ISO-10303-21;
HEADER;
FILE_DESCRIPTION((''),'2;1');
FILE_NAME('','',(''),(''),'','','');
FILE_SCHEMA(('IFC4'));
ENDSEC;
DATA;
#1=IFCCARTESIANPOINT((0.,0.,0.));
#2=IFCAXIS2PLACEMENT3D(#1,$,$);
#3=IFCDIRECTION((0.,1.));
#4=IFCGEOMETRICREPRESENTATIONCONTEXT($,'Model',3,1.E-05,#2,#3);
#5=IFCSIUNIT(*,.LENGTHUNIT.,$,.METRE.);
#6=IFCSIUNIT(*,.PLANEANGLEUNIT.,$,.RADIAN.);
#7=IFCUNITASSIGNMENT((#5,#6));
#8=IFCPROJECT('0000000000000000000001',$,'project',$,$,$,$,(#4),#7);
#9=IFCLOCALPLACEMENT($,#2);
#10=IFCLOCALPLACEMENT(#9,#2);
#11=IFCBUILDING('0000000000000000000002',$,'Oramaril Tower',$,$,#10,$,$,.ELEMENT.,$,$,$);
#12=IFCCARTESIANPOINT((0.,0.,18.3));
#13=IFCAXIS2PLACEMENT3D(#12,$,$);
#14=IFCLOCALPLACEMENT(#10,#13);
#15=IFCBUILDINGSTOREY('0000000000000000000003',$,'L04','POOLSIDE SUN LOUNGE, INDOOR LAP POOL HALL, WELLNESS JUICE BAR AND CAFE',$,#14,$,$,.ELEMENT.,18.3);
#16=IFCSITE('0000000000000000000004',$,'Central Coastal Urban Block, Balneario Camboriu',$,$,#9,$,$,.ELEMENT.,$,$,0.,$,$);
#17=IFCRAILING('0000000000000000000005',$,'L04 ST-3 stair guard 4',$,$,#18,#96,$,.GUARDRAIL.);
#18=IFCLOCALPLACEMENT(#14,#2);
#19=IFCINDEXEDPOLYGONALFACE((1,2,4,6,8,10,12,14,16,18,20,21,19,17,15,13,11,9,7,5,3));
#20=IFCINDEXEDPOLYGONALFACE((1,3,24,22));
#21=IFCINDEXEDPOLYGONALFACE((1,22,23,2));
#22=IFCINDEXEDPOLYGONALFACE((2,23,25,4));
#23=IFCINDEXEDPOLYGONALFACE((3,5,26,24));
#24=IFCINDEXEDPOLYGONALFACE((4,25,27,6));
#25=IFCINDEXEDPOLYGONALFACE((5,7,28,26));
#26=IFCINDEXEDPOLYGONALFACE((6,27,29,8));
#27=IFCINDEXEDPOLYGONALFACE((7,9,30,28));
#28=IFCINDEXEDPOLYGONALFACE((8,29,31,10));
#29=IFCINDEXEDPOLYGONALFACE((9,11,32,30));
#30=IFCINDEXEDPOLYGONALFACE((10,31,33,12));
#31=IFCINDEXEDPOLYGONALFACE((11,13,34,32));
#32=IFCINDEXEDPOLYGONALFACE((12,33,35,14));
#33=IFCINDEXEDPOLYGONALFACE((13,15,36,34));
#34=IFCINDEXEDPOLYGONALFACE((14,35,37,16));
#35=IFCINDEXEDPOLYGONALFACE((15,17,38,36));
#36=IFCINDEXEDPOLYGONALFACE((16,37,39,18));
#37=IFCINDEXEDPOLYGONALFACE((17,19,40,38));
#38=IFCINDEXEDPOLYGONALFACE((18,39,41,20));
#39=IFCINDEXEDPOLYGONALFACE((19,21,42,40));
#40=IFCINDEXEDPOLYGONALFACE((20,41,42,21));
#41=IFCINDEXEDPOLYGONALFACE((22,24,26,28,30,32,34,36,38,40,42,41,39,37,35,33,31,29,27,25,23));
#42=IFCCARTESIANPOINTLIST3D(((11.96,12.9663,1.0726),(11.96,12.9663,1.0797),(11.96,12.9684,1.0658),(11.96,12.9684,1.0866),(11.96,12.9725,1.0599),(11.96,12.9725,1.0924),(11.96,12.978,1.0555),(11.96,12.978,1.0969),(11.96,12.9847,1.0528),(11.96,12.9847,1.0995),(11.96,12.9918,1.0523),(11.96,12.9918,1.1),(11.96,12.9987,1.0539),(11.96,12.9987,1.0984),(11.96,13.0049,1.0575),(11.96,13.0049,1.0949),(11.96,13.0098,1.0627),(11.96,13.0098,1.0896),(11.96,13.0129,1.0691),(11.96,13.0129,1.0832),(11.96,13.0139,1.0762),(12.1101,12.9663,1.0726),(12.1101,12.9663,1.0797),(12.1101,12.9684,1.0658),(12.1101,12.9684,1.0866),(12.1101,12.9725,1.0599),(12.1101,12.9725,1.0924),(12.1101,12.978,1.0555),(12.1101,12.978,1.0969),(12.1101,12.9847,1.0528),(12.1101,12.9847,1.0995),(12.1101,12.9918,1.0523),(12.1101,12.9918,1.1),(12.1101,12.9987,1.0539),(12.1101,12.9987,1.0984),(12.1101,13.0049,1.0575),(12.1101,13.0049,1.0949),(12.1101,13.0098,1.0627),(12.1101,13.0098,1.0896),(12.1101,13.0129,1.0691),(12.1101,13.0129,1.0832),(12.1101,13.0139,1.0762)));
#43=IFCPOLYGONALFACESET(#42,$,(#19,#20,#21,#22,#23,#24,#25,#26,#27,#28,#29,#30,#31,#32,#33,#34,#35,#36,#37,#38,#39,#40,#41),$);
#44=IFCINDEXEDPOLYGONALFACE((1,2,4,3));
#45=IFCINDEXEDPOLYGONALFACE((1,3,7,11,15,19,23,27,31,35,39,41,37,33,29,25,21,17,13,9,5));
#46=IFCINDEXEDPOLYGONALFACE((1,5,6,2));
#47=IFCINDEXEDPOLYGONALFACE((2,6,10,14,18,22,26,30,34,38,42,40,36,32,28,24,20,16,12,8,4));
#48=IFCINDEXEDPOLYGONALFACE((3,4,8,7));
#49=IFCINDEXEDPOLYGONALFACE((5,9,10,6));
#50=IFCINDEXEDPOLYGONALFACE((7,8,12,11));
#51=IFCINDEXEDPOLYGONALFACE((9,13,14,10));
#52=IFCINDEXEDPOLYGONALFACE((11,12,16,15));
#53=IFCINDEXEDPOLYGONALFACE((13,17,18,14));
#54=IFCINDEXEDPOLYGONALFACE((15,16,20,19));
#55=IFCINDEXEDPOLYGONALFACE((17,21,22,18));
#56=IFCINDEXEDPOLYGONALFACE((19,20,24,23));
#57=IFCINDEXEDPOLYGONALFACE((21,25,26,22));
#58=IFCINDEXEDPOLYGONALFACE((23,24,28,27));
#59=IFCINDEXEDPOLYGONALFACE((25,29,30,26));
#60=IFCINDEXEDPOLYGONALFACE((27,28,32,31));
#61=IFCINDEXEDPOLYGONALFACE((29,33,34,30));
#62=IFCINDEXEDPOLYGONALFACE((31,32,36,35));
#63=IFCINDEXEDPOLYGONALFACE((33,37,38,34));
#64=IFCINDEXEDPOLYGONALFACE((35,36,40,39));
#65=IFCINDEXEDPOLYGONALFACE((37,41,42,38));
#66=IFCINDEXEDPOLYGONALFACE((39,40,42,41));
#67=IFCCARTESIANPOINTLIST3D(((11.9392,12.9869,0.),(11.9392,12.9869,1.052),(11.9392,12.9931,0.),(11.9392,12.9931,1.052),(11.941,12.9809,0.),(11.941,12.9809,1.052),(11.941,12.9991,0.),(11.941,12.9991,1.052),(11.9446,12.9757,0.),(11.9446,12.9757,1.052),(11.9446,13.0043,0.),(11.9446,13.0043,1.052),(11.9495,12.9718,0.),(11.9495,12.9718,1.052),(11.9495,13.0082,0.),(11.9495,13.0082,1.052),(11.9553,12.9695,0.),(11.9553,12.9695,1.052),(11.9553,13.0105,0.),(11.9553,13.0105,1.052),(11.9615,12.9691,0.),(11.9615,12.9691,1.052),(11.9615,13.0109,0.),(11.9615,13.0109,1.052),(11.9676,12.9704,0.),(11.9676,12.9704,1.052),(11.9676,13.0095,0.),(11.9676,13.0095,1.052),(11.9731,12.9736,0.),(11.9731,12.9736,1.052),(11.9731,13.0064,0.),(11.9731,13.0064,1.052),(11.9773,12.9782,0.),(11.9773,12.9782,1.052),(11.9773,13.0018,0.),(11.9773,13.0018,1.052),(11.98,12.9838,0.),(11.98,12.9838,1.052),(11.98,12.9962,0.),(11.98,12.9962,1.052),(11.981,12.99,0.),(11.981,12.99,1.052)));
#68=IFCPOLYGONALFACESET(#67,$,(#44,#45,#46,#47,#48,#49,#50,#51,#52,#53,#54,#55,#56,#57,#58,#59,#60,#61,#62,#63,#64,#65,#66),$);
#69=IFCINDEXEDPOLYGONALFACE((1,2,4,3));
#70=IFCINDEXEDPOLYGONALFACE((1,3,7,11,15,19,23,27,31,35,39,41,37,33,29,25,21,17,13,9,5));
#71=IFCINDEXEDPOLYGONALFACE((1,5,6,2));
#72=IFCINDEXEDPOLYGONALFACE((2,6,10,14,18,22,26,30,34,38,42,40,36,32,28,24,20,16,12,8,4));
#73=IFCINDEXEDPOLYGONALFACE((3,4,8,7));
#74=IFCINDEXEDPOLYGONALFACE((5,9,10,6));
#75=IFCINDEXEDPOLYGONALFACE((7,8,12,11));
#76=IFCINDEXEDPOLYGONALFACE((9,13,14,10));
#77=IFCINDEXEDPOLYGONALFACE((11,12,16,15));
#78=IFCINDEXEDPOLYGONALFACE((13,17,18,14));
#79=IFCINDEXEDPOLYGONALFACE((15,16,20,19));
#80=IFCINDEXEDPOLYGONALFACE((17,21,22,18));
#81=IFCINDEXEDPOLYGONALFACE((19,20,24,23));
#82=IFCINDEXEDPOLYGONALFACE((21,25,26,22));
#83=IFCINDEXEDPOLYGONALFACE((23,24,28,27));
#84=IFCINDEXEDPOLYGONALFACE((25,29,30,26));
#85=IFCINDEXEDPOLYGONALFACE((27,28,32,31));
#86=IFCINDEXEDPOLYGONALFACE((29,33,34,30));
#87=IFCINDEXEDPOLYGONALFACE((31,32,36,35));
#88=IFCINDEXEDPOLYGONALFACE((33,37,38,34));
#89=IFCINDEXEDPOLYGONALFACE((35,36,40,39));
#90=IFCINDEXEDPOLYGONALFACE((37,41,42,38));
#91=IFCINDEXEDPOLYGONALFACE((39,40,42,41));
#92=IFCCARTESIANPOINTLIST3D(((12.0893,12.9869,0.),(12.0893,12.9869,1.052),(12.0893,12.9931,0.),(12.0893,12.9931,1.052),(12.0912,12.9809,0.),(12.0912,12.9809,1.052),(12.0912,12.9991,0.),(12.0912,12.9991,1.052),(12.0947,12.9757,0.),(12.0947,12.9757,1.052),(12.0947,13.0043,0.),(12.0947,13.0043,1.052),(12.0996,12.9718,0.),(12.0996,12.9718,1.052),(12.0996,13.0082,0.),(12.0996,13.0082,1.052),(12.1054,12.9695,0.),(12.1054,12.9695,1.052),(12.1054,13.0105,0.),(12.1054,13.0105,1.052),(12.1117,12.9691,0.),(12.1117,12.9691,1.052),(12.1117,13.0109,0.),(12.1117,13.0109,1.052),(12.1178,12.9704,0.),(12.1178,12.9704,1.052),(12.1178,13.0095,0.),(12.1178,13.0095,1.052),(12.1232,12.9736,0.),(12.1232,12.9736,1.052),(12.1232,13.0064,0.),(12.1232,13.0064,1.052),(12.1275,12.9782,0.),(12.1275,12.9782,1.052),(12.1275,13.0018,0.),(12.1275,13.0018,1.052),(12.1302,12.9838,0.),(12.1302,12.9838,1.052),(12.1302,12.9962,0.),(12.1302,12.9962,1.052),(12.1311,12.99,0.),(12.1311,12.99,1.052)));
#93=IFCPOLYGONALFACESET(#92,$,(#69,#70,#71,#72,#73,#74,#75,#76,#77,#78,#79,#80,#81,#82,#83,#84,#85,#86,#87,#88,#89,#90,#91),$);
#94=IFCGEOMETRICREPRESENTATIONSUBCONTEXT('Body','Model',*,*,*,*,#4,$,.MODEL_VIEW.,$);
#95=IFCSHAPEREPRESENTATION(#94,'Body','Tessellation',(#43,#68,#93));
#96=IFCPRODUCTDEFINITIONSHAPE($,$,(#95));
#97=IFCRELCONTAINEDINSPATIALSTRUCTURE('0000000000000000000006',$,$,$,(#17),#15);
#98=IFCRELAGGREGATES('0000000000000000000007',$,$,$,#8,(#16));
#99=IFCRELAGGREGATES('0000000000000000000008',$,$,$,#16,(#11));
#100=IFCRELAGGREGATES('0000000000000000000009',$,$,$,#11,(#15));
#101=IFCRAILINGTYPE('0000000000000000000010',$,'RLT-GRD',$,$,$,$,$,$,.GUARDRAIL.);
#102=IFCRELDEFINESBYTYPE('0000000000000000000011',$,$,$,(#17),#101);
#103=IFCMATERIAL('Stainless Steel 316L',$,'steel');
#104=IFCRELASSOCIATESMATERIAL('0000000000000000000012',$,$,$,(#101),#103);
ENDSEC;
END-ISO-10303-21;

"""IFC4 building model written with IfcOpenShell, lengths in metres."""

from ifc_helpers import new_model, si_unit, direction, frame, origin, origin_2d, place, context, subcontext, project, spatial, circle, extrude, material, type_object, element, save


model = new_model("IFC4")

# Units and contexts
model_context = context("Model", 3, precision=1e-05, world=origin(), true_north=direction((0.0, 1.0)))
body_context = subcontext(model_context, "Body", "Model", "MODEL_VIEW")
ifc_project = project(units=[si_unit("LENGTHUNIT", "METRE"), si_unit("PLANEANGLEUNIT", "RADIAN")], contexts=[model_context])

# Site, building, storey
site_placement = place(None, origin())
site = spatial("IfcSite", under=ifc_project, at=site_placement, Name="Central Coastal Urban Block, Balneario Camboriu", CompositionType="ELEMENT", RefElevation=0.0)
building_placement = place(site_placement, origin())
building = spatial("IfcBuilding", under=site, at=building_placement, Name="Oramaril Tower", CompositionType="ELEMENT")
storey_placement = place(building_placement, frame((0.0, 0.0, 18.3)))
storey = spatial("IfcBuildingStorey", under=building, at=storey_placement, Name="L04", Description="POOLSIDE SUN LOUNGE, INDOOR LAP POOL HALL, WELLNESS JUICE BAR AND CAFE", CompositionType="ELEMENT", Elevation=18.3)

# Railing
ifc_material_1 = material(Name="Stainless Steel 316L", Category="steel")
railing_type_1 = type_object("IfcRailingType", Name="RLT-GRD", PredefinedType="GUARDRAIL", material=ifc_material_1)
railing_1_placement = place(storey_placement, frame((11.96, 12.99, 0.0)))
element("IfcRailing", 1, at=railing_1_placement, inside=storey, type_object=railing_type_1, Name="L04 ST-3 stair guard 4", PredefinedType="GUARDRAIL", context=body_context, shape_type="SweptSolid", body=[
    extrude(circle(Radius=0.0239, at=origin_2d()), frame((0.0, 0.0, 1.0762), z_axis=(1.0, 0.0, 0.0), x_axis=(0.0, 1.0, 0.0)), (0.0, 0.0, 1.0), 0.1501),
    extrude(circle(Radius=0.021, at=origin_2d()), origin(), (0.0, 0.0, 1.0), 1.052),
    extrude(circle(Radius=0.021, at=origin_2d()), frame((0.1501, 0.0, 0.0)), (0.0, 0.0, 1.0), 1.052),
])

save(model, "model.ifc")
